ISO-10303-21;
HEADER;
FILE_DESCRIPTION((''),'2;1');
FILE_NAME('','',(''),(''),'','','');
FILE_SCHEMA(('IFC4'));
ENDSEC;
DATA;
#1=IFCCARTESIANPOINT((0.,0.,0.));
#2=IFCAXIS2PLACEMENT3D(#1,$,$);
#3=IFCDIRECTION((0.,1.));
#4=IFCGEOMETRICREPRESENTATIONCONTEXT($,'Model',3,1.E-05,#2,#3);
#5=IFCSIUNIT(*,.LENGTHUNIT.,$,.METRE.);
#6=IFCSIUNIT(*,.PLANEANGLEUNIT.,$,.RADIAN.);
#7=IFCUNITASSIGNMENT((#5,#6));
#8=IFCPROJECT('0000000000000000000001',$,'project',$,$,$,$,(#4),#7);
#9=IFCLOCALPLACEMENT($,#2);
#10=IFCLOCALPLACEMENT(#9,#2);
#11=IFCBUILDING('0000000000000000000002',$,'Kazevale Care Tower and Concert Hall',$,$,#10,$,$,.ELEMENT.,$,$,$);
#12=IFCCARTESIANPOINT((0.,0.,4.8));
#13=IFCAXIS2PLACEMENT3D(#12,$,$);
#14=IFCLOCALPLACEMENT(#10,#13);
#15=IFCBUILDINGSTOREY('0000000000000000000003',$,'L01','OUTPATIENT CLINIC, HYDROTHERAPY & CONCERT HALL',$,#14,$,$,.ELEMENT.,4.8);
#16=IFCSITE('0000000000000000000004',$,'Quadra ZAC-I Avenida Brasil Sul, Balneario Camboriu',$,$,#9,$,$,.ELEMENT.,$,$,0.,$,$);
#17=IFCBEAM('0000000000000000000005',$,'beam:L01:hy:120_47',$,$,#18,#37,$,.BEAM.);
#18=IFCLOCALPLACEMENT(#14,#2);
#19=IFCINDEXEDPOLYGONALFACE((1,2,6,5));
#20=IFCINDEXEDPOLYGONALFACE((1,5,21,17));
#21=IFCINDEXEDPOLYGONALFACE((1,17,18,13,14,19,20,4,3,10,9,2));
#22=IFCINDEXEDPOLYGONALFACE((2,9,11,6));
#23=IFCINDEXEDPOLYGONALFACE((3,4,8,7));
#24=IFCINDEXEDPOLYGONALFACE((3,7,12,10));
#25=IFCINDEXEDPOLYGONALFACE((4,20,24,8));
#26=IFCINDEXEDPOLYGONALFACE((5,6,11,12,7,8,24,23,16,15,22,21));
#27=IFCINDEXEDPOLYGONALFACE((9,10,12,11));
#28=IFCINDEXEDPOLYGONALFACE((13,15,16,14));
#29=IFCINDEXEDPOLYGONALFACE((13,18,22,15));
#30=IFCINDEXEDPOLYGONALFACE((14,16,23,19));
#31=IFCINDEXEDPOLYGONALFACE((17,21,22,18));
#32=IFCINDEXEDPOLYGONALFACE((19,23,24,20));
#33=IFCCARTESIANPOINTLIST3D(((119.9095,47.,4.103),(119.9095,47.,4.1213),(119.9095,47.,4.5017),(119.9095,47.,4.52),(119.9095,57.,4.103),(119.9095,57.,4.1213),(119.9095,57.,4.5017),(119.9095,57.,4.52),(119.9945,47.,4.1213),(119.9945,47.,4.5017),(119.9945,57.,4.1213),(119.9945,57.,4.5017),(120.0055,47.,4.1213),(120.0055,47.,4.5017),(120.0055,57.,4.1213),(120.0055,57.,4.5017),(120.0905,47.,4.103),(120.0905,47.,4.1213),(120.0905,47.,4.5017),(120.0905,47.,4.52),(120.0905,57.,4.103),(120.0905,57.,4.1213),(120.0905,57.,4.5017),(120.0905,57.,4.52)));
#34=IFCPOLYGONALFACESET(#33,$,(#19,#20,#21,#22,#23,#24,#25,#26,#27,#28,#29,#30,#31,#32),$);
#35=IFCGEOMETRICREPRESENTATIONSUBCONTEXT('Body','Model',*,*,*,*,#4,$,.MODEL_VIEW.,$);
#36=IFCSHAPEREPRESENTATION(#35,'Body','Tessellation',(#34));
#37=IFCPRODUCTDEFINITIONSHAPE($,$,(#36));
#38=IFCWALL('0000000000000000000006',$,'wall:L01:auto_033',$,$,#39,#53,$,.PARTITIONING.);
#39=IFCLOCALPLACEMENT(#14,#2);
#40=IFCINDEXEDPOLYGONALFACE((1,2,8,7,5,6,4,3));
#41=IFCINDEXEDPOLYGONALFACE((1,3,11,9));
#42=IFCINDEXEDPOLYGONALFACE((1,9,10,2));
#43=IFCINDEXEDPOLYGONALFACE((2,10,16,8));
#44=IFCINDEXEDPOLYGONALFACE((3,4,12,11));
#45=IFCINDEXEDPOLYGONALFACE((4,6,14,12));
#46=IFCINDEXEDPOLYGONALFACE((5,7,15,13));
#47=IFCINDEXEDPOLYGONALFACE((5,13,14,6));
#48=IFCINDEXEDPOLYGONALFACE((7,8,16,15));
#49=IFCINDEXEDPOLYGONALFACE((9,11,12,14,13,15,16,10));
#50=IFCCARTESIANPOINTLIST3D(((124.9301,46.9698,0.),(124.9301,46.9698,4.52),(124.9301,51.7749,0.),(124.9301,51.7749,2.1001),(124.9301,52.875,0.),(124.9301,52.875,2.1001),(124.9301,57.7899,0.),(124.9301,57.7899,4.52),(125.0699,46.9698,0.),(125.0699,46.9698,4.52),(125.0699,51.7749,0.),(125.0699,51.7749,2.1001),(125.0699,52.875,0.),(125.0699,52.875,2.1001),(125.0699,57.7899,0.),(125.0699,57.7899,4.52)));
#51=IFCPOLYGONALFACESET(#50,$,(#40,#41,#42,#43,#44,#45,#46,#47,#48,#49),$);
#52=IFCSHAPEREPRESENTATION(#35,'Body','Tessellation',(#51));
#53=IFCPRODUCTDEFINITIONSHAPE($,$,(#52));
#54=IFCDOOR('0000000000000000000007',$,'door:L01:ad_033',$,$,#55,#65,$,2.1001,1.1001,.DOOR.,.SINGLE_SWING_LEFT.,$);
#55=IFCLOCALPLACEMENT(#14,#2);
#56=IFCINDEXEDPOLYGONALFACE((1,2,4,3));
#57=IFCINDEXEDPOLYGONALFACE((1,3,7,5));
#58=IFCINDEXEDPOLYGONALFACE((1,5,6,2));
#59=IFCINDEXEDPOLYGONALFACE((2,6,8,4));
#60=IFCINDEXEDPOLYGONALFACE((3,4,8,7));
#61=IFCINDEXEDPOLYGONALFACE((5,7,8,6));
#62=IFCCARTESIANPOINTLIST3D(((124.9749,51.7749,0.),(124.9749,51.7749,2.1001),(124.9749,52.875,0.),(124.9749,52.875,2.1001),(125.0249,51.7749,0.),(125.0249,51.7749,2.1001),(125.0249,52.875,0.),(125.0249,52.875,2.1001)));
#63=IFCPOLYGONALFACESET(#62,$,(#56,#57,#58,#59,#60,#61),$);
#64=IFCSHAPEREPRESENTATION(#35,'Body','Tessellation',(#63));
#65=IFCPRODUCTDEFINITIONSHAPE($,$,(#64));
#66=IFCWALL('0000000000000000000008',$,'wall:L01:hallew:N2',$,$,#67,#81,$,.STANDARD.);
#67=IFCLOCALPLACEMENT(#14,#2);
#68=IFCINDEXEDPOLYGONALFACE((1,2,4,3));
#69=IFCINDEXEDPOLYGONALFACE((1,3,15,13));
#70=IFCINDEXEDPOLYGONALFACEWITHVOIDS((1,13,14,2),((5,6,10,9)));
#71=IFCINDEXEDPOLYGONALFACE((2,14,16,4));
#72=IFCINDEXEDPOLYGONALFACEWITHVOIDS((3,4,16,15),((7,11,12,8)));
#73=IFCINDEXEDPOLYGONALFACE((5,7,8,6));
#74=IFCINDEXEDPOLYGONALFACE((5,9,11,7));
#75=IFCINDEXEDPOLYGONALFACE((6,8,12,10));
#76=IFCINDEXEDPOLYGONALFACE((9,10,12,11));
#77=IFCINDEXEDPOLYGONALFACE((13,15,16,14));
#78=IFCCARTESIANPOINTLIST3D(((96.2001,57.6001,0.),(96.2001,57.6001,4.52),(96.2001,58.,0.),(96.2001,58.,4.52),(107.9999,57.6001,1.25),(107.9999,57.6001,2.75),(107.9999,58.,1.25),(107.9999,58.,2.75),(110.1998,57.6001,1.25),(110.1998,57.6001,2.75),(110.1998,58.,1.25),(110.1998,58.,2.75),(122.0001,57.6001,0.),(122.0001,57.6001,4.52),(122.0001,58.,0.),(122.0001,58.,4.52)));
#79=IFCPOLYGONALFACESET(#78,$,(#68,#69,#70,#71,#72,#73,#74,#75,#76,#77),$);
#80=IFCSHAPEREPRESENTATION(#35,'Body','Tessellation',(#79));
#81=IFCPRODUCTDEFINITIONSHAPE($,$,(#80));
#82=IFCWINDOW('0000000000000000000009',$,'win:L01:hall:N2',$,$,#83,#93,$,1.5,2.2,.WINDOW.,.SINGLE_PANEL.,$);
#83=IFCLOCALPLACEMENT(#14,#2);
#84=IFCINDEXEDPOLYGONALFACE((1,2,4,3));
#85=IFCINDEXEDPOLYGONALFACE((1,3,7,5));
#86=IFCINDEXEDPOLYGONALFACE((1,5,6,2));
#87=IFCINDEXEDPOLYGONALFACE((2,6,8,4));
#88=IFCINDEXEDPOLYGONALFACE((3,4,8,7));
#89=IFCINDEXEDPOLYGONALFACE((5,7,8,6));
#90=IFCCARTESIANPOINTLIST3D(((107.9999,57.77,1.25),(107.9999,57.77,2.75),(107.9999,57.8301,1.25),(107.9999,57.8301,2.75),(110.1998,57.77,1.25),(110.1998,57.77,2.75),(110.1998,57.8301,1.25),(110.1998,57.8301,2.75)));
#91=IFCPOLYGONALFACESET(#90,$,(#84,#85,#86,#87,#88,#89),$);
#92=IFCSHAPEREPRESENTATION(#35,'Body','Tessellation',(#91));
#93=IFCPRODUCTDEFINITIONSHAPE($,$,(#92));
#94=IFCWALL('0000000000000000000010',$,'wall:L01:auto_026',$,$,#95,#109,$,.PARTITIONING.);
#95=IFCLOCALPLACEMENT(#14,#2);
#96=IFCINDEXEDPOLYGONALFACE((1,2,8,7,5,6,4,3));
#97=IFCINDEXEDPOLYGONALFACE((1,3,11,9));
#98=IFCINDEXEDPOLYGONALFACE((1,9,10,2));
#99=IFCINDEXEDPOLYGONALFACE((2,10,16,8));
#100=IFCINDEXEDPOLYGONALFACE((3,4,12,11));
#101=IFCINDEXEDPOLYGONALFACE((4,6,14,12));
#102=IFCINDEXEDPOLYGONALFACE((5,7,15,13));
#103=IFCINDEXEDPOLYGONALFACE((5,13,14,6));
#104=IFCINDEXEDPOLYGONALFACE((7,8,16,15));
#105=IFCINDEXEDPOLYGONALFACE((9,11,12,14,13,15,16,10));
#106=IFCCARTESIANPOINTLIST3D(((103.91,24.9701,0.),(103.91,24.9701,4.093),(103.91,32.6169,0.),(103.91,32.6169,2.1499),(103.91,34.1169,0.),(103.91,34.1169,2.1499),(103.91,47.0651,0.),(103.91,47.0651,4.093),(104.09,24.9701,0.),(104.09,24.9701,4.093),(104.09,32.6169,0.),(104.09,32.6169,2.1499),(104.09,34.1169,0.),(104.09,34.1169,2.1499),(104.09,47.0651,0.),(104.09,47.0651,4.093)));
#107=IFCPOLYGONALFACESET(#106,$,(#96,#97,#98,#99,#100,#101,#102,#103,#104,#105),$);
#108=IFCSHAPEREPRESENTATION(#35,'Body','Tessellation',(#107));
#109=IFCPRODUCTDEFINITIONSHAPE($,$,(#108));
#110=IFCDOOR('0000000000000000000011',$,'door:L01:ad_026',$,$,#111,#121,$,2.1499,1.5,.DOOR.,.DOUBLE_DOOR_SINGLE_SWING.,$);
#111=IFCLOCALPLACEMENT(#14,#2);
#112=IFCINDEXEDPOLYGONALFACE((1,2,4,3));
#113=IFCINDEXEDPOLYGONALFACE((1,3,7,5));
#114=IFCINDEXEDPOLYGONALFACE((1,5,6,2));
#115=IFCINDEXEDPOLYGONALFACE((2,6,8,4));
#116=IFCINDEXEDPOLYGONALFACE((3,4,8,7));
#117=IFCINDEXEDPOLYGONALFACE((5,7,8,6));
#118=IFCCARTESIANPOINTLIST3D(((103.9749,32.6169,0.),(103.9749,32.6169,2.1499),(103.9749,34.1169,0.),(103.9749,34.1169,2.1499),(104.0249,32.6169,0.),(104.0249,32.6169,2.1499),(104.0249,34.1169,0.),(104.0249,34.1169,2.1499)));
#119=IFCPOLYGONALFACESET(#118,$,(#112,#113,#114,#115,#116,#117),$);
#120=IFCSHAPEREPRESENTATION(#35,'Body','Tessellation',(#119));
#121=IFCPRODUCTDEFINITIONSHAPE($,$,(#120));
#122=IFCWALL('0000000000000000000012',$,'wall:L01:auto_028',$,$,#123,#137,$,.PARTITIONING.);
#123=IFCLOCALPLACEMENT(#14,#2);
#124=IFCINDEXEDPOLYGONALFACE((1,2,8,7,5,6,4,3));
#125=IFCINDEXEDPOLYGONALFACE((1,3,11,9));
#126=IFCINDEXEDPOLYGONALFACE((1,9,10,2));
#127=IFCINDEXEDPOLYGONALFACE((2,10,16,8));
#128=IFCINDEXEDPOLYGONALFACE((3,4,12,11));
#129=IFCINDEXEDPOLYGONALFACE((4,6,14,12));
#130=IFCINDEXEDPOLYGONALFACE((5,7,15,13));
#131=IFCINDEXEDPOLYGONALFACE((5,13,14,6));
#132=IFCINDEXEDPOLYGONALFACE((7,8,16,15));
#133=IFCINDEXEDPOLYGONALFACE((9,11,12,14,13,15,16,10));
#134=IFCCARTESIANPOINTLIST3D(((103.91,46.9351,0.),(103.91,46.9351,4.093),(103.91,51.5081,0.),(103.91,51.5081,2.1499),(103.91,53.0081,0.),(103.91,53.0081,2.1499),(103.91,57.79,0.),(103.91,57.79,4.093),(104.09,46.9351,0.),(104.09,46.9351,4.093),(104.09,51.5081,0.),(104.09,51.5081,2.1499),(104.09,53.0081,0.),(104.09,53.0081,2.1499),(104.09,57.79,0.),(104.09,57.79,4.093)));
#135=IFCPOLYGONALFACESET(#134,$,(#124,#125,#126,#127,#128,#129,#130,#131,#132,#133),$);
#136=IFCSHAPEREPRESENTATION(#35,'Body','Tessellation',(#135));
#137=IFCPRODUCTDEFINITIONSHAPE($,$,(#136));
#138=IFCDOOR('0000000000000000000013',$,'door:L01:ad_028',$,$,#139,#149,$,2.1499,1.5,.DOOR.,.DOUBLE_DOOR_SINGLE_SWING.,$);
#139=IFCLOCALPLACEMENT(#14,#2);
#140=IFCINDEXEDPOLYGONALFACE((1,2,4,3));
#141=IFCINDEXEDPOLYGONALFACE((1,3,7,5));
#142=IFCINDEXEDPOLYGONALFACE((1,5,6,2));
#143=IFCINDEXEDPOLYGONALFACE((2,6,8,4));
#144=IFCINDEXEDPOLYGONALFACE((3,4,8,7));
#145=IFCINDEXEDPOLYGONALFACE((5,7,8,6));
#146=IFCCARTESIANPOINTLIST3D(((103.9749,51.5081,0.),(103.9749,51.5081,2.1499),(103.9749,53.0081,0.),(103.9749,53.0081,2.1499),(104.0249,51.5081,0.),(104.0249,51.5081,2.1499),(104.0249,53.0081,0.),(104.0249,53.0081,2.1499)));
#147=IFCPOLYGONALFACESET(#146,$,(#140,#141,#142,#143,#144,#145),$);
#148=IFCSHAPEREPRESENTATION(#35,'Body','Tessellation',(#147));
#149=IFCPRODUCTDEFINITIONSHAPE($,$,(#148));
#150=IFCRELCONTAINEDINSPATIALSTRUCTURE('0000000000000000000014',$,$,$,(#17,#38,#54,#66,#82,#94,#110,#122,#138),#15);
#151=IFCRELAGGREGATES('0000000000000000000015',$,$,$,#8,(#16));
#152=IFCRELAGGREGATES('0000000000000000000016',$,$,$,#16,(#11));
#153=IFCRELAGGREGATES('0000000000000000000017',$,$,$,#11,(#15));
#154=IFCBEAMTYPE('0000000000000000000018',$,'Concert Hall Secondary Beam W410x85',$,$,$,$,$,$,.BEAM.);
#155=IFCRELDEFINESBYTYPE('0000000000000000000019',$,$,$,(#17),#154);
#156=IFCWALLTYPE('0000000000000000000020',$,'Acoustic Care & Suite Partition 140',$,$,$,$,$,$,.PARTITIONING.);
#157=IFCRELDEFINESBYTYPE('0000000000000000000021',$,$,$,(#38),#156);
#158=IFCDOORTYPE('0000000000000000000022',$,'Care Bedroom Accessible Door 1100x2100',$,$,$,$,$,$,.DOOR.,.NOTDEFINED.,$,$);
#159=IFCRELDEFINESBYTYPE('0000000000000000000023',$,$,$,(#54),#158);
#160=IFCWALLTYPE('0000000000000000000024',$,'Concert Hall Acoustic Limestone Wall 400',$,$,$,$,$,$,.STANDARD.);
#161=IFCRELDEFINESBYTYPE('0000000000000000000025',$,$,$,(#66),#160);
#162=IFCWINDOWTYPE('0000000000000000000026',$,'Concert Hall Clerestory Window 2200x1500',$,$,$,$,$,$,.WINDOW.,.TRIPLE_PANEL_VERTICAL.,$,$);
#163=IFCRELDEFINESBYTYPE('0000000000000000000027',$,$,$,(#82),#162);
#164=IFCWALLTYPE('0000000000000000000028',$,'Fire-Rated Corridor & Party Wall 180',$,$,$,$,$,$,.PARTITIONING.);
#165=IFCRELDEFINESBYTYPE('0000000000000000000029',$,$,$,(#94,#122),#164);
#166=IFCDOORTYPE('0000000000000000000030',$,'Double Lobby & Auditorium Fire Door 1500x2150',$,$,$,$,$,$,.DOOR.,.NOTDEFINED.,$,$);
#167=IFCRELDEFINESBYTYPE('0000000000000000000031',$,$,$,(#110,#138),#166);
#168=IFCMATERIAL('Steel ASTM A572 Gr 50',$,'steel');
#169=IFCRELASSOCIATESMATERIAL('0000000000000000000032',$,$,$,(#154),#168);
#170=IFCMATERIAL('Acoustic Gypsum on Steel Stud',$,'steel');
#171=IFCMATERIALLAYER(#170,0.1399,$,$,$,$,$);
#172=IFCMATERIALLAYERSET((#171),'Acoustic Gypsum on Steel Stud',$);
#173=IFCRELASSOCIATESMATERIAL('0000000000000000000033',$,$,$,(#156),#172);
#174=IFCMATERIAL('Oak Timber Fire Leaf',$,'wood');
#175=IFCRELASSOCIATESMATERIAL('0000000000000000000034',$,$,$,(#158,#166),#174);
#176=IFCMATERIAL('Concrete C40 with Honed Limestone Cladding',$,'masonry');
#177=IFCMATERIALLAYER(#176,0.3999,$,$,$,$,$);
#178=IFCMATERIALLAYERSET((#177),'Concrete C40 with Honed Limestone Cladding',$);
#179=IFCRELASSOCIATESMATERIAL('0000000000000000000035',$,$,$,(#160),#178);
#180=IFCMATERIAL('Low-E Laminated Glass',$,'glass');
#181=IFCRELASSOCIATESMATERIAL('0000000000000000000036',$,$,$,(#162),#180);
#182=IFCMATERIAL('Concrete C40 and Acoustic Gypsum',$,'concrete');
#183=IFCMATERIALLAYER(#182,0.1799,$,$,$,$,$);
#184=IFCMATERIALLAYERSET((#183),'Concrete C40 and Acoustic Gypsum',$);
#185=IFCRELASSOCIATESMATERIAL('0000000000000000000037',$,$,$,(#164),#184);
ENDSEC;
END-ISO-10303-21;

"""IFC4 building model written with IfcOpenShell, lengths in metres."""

from ifc_helpers import new_model, si_unit, direction, frame, frame_2d, origin, origin_2d, place, context, subcontext, project, spatial, rectangle, i_section, extrude, material, layer, layer_set, material_profile, profile_set, type_object, element, fill, save


model = new_model("IFC4")

# Units and contexts
model_context = context("Model", 3, precision=1e-05, world=origin(), true_north=direction((0.0, 1.0)))
body_context = subcontext(model_context, "Body", "Model", "MODEL_VIEW")
ifc_project = project(units=[si_unit("LENGTHUNIT", "METRE"), si_unit("PLANEANGLEUNIT", "RADIAN")], contexts=[model_context])

# Site, building, storey
site_placement = place(None, origin())
site = spatial("IfcSite", under=ifc_project, at=site_placement, Name="Quadra ZAC-I Avenida Brasil Sul, Balneario Camboriu", CompositionType="ELEMENT", RefElevation=0.0)
building_placement = place(site_placement, origin())
building = spatial("IfcBuilding", under=site, at=building_placement, Name="Kazevale Care Tower and Concert Hall", CompositionType="ELEMENT")
storey_placement = place(building_placement, frame((0.0, 0.0, 4.8)))
storey = spatial("IfcBuildingStorey", under=building, at=storey_placement, Name="L01", Description="OUTPATIENT CLINIC, HYDROTHERAPY & CONCERT HALL", CompositionType="ELEMENT", Elevation=4.8)

# Beam
ifc_material_1 = material(Name="Steel ASTM A572 Gr 50", Category="steel")
ifc_material_profile_1 = material_profile(ifc_material_1, i_section(OverallWidth=0.1809, OverallDepth=0.417, WebThickness=0.011, FlangeThickness=0.0183, at=origin_2d()), Name="W410x85")
ifc_profile_set_1 = profile_set([ifc_material_profile_1], Name="Steel ASTM A572 Gr 50")
beam_type_1 = type_object("IfcBeamType", Name="Concert Hall Secondary Beam W410x85", PredefinedType="BEAM", material=ifc_profile_set_1)
for number, where, z_axis, x_axis, name in (
    (1, (120.0, 47.0, 4.3115), (0.0, 1.0, 0.0), (-1.0, 0.0, 0.0), "beam:L01:hy:120_47"),
):
    element("IfcBeam", number, at=place(storey_placement, frame(where, z_axis=z_axis, x_axis=x_axis)), inside=storey, type_object=beam_type_1, Name=name, PredefinedType="BEAM", context=body_context, shape_type="SweptSolid", body=[
        extrude(i_section(OverallWidth=0.1809, OverallDepth=0.417, WebThickness=0.011, FlangeThickness=0.0183, at=origin_2d()), origin(), (0.0, 0.0, 1.0), 10.0),
    ])

# Wall, opening, door
ifc_material_2 = material(Name="Acoustic Gypsum on Steel Stud", Category="steel")
ifc_layer_1 = layer(ifc_material_2, 0.1399)
ifc_layer_set_1 = layer_set([ifc_layer_1], Name="Acoustic Gypsum on Steel Stud")
wall_type_1 = type_object("IfcWallType", Name="Acoustic Care & Suite Partition 140", PredefinedType="PARTITIONING", material=ifc_layer_set_1)
wall_1_placement = place(storey_placement, frame((125.0, 57.79, 0.0), z_axis=(0.0, 0.0, 1.0), x_axis=(0.0, -1.0, 0.0)))
wall_1 = element("IfcWall", 2, at=wall_1_placement, inside=storey, type_object=wall_type_1, Name="wall:L01:auto_033", PredefinedType="PARTITIONING", context=body_context, shape_type="SweptSolid", body=[
    extrude(rectangle(XDim=10.8201, YDim=0.1399, at=frame_2d((5.4102, 0.0))), origin(), (0.0, 0.0, 1.0), 4.52),
])
opening_1_placement = place(wall_1_placement, frame((4.915, 0.0, 0.0)))
opening_1 = element("IfcOpeningElement", 3, at=opening_1_placement, cuts=wall_1, PredefinedType="OPENING", context=body_context, shape_type="SweptSolid", body=[
    extrude(rectangle(XDim=1.1001, YDim=2.1001, at=frame_2d((0.55, 1.05))), frame((0.0, 0.0798, 0.0), z_axis=(0.0, -1.0, 0.0), x_axis=(1.0, 0.0, 0.0)), (0.0, 0.0, 1.0), 0.1599),
])
ifc_material_3 = material(Name="Oak Timber Fire Leaf", Category="wood")
door_type_1 = type_object("IfcDoorType", Name="Care Bedroom Accessible Door 1100x2100", OperationType="NOTDEFINED", PredefinedType="DOOR", material=ifc_material_3)
door_1_placement = place(opening_1_placement, origin())
door_1 = element("IfcDoor", 4, at=door_1_placement, inside=storey, type_object=door_type_1, Name="door:L01:ad_033", OperationType="SINGLE_SWING_LEFT", OverallHeight=2.1001, OverallWidth=1.1001, PredefinedType="DOOR", context=body_context, shape_type="SweptSolid", body=[
    extrude(rectangle(XDim=1.1001, YDim=2.1001, at=frame_2d((0.55, 1.05))), frame((0.0, 0.0249, 0.0), z_axis=(0.0, -1.0, 0.0), x_axis=(1.0, 0.0, 0.0)), (0.0, 0.0, 1.0), 0.05),
])
fill(opening_1, door_1)

# Wall, opening, window
ifc_material_4 = material(Name="Concrete C40 with Honed Limestone Cladding", Category="masonry")
ifc_layer_2 = layer(ifc_material_4, 0.3999)
ifc_layer_set_2 = layer_set([ifc_layer_2], Name="Concrete C40 with Honed Limestone Cladding")
wall_type_2 = type_object("IfcWallType", Name="Concert Hall Acoustic Limestone Wall 400", PredefinedType="STANDARD", material=ifc_layer_set_2)
wall_2_placement = place(storey_placement, frame((122.0, 57.8, 0.0), z_axis=(0.0, 0.0, 1.0), x_axis=(-1.0, 0.0, 0.0)))
wall_2 = element("IfcWall", 5, at=wall_2_placement, inside=storey, type_object=wall_type_2, Name="wall:L01:hallew:N2", PredefinedType="STANDARD", context=body_context, shape_type="SweptSolid", body=[
    extrude(rectangle(XDim=25.8, YDim=0.3999, at=frame_2d((12.8999, 0.0))), origin(), (0.0, 0.0, 1.0), 4.52),
])
opening_2_placement = place(wall_2_placement, frame((11.8, 0.0, 1.25)))
opening_2 = element("IfcOpeningElement", 6, at=opening_2_placement, cuts=wall_2, PredefinedType="OPENING", context=body_context, shape_type="SweptSolid", body=[
    extrude(rectangle(XDim=2.2, YDim=1.5, at=frame_2d((1.1001, 0.75))), frame((0.0, 0.21, 0.0), z_axis=(0.0, -1.0, 0.0), x_axis=(1.0, 0.0, 0.0)), (0.0, 0.0, 1.0), 0.4199),
])
ifc_material_5 = material(Name="Low-E Laminated Glass", Category="glass")
window_type = type_object("IfcWindowType", Name="Concert Hall Clerestory Window 2200x1500", PartitioningType="TRIPLE_PANEL_VERTICAL", PredefinedType="WINDOW", material=ifc_material_5)
window_placement = place(opening_2_placement, origin())
window = element("IfcWindow", 7, at=window_placement, inside=storey, type_object=window_type, Name="win:L01:hall:N2", OverallHeight=1.5, OverallWidth=2.2, PartitioningType="SINGLE_PANEL", PredefinedType="WINDOW", context=body_context, shape_type="SweptSolid", body=[
    extrude(rectangle(XDim=2.2, YDim=1.5, at=frame_2d((1.1001, 0.75))), frame((0.0, 0.03, 0.0), z_axis=(0.0, -1.0, 0.0), x_axis=(1.0, 0.0, 0.0)), (0.0, 0.0, 1.0), 0.0601),
])
fill(opening_2, window)

# Walls, openings, doors
ifc_material_6 = material(Name="Concrete C40 and Acoustic Gypsum", Category="concrete")
ifc_layer_3 = layer(ifc_material_6, 0.1799)
ifc_layer_set_3 = layer_set([ifc_layer_3], Name="Concrete C40 and Acoustic Gypsum")
wall_type_3 = type_object("IfcWallType", Name="Fire-Rated Corridor & Party Wall 180", PredefinedType="PARTITIONING", material=ifc_layer_set_3)
wall_3_placement = place(storey_placement, frame((104.0, 47.0649, 0.0), z_axis=(0.0, 0.0, 1.0), x_axis=(0.0, -1.0, 0.0)))
wall_3 = element("IfcWall", 8, at=wall_3_placement, inside=storey, type_object=wall_type_3, Name="wall:L01:auto_026", PredefinedType="PARTITIONING", context=body_context, shape_type="SweptSolid", body=[
    extrude(rectangle(XDim=22.095, YDim=0.1799, at=frame_2d((11.0474, 0.0))), origin(), (0.0, 0.0, 1.0), 4.093),
])
opening_3_placement = place(wall_3_placement, frame((12.948, 0.0, 0.0)))
opening_3 = element("IfcOpeningElement", 9, at=opening_3_placement, cuts=wall_3, PredefinedType="OPENING", context=body_context, shape_type="SweptSolid", body=[
    extrude(rectangle(XDim=1.5, YDim=2.1499, at=frame_2d((0.75, 1.075))), frame((0.0, 0.0999, 0.0), z_axis=(0.0, -1.0, 0.0), x_axis=(1.0, 0.0, 0.0)), (0.0, 0.0, 1.0), 0.2),
])
door_type_2 = type_object("IfcDoorType", Name="Double Lobby & Auditorium Fire Door 1500x2150", OperationType="NOTDEFINED", PredefinedType="DOOR", material=ifc_material_3)
door_2_placement = place(opening_3_placement, origin())
door_2 = element("IfcDoor", 10, at=door_2_placement, inside=storey, type_object=door_type_2, Name="door:L01:ad_026", OperationType="DOUBLE_DOOR_SINGLE_SWING", OverallHeight=2.1499, OverallWidth=1.5, PredefinedType="DOOR", context=body_context, shape_type="SweptSolid", body=[
    extrude(rectangle(XDim=1.5, YDim=2.1499, at=frame_2d((0.75, 1.075))), frame((0.0, 0.0249, 0.0), z_axis=(0.0, -1.0, 0.0), x_axis=(1.0, 0.0, 0.0)), (0.0, 0.0, 1.0), 0.05),
])
fill(opening_3, door_2)
wall_4_placement = place(storey_placement, frame((104.0, 57.79, 0.0), z_axis=(0.0, 0.0, 1.0), x_axis=(0.0, -1.0, 0.0)))
wall_4 = element("IfcWall", 11, at=wall_4_placement, inside=storey, type_object=wall_type_3, Name="wall:L01:auto_028", PredefinedType="PARTITIONING", context=body_context, shape_type="SweptSolid", body=[
    extrude(rectangle(XDim=10.855, YDim=0.1799, at=frame_2d((5.4275, 0.0))), origin(), (0.0, 0.0, 1.0), 4.093),
])
opening_4_placement = place(wall_4_placement, frame((4.782, 0.0, 0.0)))
opening_4 = element("IfcOpeningElement", 12, at=opening_4_placement, cuts=wall_4, PredefinedType="OPENING", context=body_context, shape_type="SweptSolid", body=[
    extrude(rectangle(XDim=1.5, YDim=2.1499, at=frame_2d((0.75, 1.075))), frame((0.0, 0.0999, 0.0), z_axis=(0.0, -1.0, 0.0), x_axis=(1.0, 0.0, 0.0)), (0.0, 0.0, 1.0), 0.2),
])
door_3_placement = place(opening_4_placement, origin())
door_3 = element("IfcDoor", 13, at=door_3_placement, inside=storey, type_object=door_type_2, Name="door:L01:ad_028", OperationType="DOUBLE_DOOR_SINGLE_SWING", OverallHeight=2.1499, OverallWidth=1.5, PredefinedType="DOOR", context=body_context, shape_type="SweptSolid", body=[
    extrude(rectangle(XDim=1.5, YDim=2.1499, at=frame_2d((0.75, 1.075))), frame((0.0, 0.0249, 0.0), z_axis=(0.0, -1.0, 0.0), x_axis=(1.0, 0.0, 0.0)), (0.0, 0.0, 1.0), 0.05),
])
fill(opening_4, door_3)

save(model, "model.ifc")
